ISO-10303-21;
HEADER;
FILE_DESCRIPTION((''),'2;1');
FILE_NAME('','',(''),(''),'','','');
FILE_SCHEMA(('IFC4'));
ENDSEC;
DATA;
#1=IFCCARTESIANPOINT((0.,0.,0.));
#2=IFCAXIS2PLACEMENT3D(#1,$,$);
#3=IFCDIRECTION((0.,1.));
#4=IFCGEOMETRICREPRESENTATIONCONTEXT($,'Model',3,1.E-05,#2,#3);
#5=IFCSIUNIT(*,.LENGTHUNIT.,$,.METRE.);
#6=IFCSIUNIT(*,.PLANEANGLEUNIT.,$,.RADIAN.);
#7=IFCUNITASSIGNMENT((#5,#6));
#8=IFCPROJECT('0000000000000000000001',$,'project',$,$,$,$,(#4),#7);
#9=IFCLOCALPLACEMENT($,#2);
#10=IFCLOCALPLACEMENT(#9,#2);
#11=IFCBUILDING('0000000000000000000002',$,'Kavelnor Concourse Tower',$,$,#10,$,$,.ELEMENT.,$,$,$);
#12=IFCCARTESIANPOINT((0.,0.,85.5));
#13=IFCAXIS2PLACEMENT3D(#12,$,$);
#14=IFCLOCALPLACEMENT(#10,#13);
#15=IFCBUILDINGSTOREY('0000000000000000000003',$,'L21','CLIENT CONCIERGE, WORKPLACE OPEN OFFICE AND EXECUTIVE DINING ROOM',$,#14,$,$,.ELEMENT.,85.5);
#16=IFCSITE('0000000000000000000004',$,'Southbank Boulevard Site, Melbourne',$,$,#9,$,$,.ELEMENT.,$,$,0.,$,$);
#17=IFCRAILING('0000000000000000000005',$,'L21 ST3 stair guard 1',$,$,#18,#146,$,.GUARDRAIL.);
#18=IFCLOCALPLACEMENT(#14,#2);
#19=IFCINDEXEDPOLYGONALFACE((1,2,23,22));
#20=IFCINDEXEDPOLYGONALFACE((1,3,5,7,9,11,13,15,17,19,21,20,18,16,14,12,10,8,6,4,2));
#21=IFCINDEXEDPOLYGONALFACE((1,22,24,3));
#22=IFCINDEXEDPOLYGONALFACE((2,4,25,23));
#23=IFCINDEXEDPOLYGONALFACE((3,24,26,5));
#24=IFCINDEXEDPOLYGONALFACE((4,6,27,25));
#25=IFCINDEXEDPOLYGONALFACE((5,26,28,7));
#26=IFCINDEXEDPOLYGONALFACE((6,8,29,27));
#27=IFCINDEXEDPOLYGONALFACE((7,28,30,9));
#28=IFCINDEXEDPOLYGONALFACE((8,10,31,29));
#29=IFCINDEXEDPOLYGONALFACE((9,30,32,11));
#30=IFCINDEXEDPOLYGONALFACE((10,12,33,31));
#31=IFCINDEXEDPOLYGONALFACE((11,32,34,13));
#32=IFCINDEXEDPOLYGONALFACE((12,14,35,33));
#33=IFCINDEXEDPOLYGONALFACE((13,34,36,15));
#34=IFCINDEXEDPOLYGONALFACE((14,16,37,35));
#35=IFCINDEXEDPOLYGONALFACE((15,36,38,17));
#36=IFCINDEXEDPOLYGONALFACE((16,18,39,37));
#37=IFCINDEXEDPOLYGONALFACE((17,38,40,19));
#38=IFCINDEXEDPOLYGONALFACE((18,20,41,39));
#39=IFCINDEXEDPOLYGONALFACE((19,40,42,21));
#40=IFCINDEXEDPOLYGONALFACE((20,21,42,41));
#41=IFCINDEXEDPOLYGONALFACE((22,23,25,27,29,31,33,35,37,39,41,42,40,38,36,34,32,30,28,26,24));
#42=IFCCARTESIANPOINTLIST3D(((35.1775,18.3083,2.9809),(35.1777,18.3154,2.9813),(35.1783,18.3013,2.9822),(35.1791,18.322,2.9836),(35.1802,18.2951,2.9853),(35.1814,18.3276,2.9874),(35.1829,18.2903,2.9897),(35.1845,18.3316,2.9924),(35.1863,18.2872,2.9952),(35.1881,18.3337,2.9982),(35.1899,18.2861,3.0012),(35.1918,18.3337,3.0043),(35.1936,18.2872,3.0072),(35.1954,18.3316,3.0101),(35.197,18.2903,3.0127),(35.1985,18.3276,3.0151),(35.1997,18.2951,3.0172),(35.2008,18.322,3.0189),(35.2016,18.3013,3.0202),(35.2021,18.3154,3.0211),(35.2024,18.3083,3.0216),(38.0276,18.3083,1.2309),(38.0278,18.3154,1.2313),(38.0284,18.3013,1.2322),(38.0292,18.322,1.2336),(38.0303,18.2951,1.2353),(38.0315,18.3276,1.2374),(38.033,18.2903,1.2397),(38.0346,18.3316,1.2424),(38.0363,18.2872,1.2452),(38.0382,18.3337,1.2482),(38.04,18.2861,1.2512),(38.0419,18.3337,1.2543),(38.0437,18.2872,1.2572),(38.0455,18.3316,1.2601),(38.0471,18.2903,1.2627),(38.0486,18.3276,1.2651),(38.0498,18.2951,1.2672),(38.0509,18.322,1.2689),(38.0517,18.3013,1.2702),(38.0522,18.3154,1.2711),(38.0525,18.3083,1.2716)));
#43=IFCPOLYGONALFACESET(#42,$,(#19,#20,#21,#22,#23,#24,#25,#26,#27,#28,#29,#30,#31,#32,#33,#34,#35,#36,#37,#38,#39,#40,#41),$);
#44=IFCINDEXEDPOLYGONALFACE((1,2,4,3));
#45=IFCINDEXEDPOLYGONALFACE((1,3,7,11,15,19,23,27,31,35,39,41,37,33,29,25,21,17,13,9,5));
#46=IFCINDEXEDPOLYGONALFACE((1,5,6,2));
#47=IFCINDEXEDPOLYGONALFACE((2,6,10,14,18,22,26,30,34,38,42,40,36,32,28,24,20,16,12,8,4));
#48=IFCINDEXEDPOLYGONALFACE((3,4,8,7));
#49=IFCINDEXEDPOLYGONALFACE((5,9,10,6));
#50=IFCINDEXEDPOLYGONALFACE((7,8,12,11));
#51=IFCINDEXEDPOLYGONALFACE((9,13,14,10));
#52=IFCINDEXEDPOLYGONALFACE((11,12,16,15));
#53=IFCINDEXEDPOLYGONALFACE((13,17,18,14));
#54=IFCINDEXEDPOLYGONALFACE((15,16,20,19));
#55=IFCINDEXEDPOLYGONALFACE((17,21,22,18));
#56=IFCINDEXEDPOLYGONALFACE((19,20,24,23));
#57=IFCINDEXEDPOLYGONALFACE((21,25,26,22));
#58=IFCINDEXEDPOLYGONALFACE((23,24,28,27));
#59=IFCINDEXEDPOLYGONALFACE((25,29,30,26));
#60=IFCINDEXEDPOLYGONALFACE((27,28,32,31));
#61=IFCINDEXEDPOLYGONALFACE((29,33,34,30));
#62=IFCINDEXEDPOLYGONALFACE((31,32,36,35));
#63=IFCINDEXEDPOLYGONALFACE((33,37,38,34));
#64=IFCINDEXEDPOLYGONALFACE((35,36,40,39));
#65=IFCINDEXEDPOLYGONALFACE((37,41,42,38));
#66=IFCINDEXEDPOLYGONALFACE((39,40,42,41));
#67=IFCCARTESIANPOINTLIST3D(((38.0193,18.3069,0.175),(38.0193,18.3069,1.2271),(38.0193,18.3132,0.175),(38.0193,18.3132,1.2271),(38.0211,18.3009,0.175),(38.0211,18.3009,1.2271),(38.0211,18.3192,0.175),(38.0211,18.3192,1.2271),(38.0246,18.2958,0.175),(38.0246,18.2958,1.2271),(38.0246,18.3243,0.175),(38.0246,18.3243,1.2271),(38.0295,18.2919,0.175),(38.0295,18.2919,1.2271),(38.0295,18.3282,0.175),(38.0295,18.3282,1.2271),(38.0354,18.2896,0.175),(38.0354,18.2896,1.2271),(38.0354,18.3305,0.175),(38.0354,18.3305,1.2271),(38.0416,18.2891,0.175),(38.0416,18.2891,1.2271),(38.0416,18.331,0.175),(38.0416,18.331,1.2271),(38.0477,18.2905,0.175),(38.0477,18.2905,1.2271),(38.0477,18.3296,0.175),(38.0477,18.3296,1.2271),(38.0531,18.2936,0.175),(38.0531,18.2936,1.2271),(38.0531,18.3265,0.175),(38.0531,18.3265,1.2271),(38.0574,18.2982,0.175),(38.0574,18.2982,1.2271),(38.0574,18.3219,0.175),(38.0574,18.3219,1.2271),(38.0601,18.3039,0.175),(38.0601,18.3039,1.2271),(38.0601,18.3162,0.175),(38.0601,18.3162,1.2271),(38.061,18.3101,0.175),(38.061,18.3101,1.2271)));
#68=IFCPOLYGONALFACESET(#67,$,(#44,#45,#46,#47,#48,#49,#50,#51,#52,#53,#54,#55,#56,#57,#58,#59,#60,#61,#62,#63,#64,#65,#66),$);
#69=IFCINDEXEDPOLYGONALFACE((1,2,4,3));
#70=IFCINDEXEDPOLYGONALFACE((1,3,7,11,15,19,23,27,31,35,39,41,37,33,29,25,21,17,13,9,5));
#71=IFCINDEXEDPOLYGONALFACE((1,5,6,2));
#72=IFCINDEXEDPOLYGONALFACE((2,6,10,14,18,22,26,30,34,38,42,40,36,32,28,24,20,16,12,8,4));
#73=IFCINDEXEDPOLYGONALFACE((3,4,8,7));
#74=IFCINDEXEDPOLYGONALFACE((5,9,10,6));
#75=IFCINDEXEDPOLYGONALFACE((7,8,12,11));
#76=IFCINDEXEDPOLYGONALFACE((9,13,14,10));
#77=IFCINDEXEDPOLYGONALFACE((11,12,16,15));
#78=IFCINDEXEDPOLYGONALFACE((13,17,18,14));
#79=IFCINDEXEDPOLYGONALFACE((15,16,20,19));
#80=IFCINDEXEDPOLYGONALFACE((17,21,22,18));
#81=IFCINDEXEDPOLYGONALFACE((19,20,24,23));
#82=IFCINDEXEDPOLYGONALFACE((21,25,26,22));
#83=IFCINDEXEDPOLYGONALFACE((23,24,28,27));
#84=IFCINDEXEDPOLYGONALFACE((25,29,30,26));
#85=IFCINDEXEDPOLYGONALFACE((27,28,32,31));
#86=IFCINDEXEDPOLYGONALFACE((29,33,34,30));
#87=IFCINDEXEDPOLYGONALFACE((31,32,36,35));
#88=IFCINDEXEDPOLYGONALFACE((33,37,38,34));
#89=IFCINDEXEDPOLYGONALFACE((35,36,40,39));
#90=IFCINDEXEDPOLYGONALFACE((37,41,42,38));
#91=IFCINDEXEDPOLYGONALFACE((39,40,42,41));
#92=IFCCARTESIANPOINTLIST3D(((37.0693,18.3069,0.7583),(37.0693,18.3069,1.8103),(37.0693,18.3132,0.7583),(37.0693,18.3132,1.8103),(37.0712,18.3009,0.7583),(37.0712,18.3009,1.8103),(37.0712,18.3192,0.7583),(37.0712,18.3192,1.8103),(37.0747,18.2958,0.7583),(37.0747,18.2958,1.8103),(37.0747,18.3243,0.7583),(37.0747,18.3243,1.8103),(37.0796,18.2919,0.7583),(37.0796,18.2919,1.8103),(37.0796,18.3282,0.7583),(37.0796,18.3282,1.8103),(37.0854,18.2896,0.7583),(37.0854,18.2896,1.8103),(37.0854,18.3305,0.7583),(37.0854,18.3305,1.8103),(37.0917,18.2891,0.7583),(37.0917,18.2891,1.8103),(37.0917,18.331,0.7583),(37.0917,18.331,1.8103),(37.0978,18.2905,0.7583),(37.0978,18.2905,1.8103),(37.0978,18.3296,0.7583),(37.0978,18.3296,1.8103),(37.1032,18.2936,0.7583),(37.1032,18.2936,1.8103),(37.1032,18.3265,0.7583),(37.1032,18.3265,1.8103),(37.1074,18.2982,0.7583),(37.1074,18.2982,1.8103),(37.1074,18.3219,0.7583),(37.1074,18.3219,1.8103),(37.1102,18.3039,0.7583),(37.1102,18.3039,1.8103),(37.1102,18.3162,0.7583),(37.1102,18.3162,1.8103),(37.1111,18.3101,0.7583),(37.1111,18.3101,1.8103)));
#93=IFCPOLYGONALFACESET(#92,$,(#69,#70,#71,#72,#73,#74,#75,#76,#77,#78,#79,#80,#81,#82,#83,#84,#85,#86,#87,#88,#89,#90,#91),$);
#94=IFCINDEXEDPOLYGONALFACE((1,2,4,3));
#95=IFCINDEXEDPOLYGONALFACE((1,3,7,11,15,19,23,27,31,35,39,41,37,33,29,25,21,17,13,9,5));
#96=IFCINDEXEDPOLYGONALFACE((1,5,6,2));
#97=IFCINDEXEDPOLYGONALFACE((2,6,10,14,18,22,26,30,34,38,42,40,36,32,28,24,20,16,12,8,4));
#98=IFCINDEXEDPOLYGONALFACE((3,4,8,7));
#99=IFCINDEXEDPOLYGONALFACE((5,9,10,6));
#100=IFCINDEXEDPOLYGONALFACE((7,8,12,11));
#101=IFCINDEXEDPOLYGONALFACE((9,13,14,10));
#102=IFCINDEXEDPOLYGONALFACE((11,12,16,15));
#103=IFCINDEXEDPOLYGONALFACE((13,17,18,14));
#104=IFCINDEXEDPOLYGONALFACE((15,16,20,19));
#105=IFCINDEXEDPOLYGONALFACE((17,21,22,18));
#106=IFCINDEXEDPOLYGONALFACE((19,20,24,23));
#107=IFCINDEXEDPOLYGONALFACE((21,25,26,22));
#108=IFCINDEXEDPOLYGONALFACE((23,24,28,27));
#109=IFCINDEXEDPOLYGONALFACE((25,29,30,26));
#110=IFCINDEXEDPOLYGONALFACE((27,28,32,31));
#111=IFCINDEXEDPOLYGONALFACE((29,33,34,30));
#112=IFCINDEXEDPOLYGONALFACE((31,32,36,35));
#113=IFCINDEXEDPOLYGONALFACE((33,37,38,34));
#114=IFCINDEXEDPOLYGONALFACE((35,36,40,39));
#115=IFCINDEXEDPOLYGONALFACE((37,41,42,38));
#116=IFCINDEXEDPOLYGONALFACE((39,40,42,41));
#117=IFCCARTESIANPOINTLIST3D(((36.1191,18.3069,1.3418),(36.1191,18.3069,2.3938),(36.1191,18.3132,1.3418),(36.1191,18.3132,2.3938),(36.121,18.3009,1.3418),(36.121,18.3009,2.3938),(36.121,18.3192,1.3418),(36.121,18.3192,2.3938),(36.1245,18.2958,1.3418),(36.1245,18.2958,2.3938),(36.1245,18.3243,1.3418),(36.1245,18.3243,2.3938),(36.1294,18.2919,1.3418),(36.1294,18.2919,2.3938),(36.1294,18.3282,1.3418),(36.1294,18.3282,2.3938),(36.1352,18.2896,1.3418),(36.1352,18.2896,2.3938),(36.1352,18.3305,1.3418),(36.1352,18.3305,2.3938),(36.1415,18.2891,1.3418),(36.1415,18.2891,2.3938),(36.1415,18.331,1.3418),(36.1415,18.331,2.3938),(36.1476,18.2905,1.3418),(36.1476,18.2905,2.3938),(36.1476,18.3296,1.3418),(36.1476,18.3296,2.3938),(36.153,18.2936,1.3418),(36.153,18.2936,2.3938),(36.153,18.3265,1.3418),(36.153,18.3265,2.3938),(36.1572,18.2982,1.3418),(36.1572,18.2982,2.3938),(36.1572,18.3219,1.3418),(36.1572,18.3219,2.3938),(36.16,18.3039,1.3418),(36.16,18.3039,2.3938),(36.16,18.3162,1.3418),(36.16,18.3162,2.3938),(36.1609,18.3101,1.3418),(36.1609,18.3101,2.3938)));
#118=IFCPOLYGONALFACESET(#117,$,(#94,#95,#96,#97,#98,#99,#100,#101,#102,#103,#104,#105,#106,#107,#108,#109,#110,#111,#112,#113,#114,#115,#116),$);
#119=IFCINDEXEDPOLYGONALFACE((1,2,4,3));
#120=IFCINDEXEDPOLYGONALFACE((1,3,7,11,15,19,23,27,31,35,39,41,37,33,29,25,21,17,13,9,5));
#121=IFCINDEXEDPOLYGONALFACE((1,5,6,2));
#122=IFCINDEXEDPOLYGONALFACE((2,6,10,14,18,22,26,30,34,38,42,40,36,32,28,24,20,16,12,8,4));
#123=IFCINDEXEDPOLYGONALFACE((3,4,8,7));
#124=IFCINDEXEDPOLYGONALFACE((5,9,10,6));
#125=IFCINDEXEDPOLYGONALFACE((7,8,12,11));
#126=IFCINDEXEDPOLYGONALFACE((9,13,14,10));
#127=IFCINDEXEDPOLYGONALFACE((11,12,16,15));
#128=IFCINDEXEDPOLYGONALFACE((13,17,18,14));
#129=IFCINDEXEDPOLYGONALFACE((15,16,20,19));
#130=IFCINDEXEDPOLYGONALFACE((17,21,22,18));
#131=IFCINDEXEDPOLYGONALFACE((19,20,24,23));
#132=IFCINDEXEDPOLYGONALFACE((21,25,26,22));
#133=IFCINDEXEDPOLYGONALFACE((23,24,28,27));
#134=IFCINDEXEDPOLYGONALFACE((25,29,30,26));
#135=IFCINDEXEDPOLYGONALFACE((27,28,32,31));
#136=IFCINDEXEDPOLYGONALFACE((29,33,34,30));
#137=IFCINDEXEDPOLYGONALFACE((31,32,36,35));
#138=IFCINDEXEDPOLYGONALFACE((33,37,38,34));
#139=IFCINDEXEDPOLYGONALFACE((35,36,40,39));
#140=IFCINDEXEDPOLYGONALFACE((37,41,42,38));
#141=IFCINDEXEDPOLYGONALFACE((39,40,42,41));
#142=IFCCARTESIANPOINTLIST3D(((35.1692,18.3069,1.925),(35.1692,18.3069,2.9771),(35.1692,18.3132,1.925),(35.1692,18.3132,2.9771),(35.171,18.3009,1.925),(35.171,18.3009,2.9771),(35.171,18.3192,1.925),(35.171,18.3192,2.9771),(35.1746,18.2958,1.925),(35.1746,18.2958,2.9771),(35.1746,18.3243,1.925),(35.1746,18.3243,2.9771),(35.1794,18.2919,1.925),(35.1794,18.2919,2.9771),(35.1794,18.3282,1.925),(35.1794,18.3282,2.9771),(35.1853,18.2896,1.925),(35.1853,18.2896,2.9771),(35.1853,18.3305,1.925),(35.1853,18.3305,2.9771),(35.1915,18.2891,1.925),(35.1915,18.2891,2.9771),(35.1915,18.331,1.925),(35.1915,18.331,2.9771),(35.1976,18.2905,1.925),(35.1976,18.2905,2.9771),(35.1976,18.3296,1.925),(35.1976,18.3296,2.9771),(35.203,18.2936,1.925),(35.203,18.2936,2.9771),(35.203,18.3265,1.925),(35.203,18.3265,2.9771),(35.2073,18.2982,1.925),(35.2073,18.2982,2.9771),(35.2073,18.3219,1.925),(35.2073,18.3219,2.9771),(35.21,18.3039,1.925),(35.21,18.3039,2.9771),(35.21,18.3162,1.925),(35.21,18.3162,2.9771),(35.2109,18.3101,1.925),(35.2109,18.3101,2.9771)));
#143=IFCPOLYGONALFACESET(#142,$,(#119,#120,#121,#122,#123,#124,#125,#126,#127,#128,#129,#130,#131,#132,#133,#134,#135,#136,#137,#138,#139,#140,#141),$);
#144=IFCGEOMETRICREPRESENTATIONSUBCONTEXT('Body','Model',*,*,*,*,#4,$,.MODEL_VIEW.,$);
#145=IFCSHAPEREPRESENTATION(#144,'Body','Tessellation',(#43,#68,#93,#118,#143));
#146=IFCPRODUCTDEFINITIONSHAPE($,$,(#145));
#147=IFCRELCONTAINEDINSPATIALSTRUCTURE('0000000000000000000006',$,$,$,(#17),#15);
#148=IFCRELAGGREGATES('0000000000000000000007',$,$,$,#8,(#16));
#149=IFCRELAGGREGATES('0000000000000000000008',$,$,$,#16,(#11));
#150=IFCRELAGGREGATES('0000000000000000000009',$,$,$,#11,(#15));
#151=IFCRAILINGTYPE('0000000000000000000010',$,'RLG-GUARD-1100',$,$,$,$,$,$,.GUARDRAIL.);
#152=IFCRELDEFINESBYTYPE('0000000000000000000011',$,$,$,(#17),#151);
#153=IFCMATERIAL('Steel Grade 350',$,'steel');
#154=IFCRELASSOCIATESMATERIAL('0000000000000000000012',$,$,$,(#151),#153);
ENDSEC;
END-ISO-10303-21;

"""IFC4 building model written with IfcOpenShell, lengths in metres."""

from ifc_helpers import new_model, si_unit, direction, frame, origin, origin_2d, place, context, subcontext, project, spatial, circle, extrude, material, type_object, element, save


model = new_model("IFC4")

# Units and contexts
model_context = context("Model", 3, precision=1e-05, world=origin(), true_north=direction((0.0, 1.0)))
body_context = subcontext(model_context, "Body", "Model", "MODEL_VIEW")
ifc_project = project(units=[si_unit("LENGTHUNIT", "METRE"), si_unit("PLANEANGLEUNIT", "RADIAN")], contexts=[model_context])

# Site, building, storey
site_placement = place(None, origin())
site = spatial("IfcSite", under=ifc_project, at=site_placement, Name="Southbank Boulevard Site, Melbourne", CompositionType="ELEMENT", RefElevation=0.0)
building_placement = place(site_placement, origin())
building = spatial("IfcBuilding", under=site, at=building_placement, Name="Kavelnor Concourse Tower", CompositionType="ELEMENT")
storey_placement = place(building_placement, frame((0.0, 0.0, 85.5)))
storey = spatial("IfcBuildingStorey", under=building, at=storey_placement, Name="L21", Description="CLIENT CONCIERGE, WORKPLACE OPEN OFFICE AND EXECUTIVE DINING ROOM", CompositionType="ELEMENT", Elevation=85.5)

# Shared definitions
ifc_material_1 = material(Name="Steel Grade 350", Category="steel")

# Railing
railing_type_1 = type_object("IfcRailingType", Name="RLG-GUARD-1100", PredefinedType="GUARDRAIL", material=ifc_material_1)
railing_1_placement = place(storey_placement, frame((38.04, 18.3101, 0.175)))
element("IfcRailing", 1, at=railing_1_placement, inside=storey, type_object=railing_type_1, Name="L21 ST3 stair guard 1", PredefinedType="GUARDRAIL", context=body_context, shape_type="SweptSolid", body=[
    extrude(circle(Radius=0.0239, at=origin_2d()), frame((0.0, 0.0, 1.0762), z_axis=(-0.852179, 0.0, 0.52325), x_axis=(0.0, -1.0, 0.0)), (0.0, 0.0, 1.0), 3.3445),
    extrude(circle(Radius=0.021, at=origin_2d()), origin(), (0.0, 0.0, 1.0), 1.052),
    extrude(circle(Radius=0.021, at=origin_2d()), frame((-0.95, 0.0, 0.5833)), (0.0, 0.0, 1.0), 1.052),
    extrude(circle(Radius=0.021, at=origin_2d()), frame((-1.9001, 0.0, 1.1667)), (0.0, 0.0, 1.0), 1.052),
    extrude(circle(Radius=0.021, at=origin_2d()), frame((-2.8501, 0.0, 1.75)), (0.0, 0.0, 1.0), 1.052),
])

save(model, "model.ifc")
